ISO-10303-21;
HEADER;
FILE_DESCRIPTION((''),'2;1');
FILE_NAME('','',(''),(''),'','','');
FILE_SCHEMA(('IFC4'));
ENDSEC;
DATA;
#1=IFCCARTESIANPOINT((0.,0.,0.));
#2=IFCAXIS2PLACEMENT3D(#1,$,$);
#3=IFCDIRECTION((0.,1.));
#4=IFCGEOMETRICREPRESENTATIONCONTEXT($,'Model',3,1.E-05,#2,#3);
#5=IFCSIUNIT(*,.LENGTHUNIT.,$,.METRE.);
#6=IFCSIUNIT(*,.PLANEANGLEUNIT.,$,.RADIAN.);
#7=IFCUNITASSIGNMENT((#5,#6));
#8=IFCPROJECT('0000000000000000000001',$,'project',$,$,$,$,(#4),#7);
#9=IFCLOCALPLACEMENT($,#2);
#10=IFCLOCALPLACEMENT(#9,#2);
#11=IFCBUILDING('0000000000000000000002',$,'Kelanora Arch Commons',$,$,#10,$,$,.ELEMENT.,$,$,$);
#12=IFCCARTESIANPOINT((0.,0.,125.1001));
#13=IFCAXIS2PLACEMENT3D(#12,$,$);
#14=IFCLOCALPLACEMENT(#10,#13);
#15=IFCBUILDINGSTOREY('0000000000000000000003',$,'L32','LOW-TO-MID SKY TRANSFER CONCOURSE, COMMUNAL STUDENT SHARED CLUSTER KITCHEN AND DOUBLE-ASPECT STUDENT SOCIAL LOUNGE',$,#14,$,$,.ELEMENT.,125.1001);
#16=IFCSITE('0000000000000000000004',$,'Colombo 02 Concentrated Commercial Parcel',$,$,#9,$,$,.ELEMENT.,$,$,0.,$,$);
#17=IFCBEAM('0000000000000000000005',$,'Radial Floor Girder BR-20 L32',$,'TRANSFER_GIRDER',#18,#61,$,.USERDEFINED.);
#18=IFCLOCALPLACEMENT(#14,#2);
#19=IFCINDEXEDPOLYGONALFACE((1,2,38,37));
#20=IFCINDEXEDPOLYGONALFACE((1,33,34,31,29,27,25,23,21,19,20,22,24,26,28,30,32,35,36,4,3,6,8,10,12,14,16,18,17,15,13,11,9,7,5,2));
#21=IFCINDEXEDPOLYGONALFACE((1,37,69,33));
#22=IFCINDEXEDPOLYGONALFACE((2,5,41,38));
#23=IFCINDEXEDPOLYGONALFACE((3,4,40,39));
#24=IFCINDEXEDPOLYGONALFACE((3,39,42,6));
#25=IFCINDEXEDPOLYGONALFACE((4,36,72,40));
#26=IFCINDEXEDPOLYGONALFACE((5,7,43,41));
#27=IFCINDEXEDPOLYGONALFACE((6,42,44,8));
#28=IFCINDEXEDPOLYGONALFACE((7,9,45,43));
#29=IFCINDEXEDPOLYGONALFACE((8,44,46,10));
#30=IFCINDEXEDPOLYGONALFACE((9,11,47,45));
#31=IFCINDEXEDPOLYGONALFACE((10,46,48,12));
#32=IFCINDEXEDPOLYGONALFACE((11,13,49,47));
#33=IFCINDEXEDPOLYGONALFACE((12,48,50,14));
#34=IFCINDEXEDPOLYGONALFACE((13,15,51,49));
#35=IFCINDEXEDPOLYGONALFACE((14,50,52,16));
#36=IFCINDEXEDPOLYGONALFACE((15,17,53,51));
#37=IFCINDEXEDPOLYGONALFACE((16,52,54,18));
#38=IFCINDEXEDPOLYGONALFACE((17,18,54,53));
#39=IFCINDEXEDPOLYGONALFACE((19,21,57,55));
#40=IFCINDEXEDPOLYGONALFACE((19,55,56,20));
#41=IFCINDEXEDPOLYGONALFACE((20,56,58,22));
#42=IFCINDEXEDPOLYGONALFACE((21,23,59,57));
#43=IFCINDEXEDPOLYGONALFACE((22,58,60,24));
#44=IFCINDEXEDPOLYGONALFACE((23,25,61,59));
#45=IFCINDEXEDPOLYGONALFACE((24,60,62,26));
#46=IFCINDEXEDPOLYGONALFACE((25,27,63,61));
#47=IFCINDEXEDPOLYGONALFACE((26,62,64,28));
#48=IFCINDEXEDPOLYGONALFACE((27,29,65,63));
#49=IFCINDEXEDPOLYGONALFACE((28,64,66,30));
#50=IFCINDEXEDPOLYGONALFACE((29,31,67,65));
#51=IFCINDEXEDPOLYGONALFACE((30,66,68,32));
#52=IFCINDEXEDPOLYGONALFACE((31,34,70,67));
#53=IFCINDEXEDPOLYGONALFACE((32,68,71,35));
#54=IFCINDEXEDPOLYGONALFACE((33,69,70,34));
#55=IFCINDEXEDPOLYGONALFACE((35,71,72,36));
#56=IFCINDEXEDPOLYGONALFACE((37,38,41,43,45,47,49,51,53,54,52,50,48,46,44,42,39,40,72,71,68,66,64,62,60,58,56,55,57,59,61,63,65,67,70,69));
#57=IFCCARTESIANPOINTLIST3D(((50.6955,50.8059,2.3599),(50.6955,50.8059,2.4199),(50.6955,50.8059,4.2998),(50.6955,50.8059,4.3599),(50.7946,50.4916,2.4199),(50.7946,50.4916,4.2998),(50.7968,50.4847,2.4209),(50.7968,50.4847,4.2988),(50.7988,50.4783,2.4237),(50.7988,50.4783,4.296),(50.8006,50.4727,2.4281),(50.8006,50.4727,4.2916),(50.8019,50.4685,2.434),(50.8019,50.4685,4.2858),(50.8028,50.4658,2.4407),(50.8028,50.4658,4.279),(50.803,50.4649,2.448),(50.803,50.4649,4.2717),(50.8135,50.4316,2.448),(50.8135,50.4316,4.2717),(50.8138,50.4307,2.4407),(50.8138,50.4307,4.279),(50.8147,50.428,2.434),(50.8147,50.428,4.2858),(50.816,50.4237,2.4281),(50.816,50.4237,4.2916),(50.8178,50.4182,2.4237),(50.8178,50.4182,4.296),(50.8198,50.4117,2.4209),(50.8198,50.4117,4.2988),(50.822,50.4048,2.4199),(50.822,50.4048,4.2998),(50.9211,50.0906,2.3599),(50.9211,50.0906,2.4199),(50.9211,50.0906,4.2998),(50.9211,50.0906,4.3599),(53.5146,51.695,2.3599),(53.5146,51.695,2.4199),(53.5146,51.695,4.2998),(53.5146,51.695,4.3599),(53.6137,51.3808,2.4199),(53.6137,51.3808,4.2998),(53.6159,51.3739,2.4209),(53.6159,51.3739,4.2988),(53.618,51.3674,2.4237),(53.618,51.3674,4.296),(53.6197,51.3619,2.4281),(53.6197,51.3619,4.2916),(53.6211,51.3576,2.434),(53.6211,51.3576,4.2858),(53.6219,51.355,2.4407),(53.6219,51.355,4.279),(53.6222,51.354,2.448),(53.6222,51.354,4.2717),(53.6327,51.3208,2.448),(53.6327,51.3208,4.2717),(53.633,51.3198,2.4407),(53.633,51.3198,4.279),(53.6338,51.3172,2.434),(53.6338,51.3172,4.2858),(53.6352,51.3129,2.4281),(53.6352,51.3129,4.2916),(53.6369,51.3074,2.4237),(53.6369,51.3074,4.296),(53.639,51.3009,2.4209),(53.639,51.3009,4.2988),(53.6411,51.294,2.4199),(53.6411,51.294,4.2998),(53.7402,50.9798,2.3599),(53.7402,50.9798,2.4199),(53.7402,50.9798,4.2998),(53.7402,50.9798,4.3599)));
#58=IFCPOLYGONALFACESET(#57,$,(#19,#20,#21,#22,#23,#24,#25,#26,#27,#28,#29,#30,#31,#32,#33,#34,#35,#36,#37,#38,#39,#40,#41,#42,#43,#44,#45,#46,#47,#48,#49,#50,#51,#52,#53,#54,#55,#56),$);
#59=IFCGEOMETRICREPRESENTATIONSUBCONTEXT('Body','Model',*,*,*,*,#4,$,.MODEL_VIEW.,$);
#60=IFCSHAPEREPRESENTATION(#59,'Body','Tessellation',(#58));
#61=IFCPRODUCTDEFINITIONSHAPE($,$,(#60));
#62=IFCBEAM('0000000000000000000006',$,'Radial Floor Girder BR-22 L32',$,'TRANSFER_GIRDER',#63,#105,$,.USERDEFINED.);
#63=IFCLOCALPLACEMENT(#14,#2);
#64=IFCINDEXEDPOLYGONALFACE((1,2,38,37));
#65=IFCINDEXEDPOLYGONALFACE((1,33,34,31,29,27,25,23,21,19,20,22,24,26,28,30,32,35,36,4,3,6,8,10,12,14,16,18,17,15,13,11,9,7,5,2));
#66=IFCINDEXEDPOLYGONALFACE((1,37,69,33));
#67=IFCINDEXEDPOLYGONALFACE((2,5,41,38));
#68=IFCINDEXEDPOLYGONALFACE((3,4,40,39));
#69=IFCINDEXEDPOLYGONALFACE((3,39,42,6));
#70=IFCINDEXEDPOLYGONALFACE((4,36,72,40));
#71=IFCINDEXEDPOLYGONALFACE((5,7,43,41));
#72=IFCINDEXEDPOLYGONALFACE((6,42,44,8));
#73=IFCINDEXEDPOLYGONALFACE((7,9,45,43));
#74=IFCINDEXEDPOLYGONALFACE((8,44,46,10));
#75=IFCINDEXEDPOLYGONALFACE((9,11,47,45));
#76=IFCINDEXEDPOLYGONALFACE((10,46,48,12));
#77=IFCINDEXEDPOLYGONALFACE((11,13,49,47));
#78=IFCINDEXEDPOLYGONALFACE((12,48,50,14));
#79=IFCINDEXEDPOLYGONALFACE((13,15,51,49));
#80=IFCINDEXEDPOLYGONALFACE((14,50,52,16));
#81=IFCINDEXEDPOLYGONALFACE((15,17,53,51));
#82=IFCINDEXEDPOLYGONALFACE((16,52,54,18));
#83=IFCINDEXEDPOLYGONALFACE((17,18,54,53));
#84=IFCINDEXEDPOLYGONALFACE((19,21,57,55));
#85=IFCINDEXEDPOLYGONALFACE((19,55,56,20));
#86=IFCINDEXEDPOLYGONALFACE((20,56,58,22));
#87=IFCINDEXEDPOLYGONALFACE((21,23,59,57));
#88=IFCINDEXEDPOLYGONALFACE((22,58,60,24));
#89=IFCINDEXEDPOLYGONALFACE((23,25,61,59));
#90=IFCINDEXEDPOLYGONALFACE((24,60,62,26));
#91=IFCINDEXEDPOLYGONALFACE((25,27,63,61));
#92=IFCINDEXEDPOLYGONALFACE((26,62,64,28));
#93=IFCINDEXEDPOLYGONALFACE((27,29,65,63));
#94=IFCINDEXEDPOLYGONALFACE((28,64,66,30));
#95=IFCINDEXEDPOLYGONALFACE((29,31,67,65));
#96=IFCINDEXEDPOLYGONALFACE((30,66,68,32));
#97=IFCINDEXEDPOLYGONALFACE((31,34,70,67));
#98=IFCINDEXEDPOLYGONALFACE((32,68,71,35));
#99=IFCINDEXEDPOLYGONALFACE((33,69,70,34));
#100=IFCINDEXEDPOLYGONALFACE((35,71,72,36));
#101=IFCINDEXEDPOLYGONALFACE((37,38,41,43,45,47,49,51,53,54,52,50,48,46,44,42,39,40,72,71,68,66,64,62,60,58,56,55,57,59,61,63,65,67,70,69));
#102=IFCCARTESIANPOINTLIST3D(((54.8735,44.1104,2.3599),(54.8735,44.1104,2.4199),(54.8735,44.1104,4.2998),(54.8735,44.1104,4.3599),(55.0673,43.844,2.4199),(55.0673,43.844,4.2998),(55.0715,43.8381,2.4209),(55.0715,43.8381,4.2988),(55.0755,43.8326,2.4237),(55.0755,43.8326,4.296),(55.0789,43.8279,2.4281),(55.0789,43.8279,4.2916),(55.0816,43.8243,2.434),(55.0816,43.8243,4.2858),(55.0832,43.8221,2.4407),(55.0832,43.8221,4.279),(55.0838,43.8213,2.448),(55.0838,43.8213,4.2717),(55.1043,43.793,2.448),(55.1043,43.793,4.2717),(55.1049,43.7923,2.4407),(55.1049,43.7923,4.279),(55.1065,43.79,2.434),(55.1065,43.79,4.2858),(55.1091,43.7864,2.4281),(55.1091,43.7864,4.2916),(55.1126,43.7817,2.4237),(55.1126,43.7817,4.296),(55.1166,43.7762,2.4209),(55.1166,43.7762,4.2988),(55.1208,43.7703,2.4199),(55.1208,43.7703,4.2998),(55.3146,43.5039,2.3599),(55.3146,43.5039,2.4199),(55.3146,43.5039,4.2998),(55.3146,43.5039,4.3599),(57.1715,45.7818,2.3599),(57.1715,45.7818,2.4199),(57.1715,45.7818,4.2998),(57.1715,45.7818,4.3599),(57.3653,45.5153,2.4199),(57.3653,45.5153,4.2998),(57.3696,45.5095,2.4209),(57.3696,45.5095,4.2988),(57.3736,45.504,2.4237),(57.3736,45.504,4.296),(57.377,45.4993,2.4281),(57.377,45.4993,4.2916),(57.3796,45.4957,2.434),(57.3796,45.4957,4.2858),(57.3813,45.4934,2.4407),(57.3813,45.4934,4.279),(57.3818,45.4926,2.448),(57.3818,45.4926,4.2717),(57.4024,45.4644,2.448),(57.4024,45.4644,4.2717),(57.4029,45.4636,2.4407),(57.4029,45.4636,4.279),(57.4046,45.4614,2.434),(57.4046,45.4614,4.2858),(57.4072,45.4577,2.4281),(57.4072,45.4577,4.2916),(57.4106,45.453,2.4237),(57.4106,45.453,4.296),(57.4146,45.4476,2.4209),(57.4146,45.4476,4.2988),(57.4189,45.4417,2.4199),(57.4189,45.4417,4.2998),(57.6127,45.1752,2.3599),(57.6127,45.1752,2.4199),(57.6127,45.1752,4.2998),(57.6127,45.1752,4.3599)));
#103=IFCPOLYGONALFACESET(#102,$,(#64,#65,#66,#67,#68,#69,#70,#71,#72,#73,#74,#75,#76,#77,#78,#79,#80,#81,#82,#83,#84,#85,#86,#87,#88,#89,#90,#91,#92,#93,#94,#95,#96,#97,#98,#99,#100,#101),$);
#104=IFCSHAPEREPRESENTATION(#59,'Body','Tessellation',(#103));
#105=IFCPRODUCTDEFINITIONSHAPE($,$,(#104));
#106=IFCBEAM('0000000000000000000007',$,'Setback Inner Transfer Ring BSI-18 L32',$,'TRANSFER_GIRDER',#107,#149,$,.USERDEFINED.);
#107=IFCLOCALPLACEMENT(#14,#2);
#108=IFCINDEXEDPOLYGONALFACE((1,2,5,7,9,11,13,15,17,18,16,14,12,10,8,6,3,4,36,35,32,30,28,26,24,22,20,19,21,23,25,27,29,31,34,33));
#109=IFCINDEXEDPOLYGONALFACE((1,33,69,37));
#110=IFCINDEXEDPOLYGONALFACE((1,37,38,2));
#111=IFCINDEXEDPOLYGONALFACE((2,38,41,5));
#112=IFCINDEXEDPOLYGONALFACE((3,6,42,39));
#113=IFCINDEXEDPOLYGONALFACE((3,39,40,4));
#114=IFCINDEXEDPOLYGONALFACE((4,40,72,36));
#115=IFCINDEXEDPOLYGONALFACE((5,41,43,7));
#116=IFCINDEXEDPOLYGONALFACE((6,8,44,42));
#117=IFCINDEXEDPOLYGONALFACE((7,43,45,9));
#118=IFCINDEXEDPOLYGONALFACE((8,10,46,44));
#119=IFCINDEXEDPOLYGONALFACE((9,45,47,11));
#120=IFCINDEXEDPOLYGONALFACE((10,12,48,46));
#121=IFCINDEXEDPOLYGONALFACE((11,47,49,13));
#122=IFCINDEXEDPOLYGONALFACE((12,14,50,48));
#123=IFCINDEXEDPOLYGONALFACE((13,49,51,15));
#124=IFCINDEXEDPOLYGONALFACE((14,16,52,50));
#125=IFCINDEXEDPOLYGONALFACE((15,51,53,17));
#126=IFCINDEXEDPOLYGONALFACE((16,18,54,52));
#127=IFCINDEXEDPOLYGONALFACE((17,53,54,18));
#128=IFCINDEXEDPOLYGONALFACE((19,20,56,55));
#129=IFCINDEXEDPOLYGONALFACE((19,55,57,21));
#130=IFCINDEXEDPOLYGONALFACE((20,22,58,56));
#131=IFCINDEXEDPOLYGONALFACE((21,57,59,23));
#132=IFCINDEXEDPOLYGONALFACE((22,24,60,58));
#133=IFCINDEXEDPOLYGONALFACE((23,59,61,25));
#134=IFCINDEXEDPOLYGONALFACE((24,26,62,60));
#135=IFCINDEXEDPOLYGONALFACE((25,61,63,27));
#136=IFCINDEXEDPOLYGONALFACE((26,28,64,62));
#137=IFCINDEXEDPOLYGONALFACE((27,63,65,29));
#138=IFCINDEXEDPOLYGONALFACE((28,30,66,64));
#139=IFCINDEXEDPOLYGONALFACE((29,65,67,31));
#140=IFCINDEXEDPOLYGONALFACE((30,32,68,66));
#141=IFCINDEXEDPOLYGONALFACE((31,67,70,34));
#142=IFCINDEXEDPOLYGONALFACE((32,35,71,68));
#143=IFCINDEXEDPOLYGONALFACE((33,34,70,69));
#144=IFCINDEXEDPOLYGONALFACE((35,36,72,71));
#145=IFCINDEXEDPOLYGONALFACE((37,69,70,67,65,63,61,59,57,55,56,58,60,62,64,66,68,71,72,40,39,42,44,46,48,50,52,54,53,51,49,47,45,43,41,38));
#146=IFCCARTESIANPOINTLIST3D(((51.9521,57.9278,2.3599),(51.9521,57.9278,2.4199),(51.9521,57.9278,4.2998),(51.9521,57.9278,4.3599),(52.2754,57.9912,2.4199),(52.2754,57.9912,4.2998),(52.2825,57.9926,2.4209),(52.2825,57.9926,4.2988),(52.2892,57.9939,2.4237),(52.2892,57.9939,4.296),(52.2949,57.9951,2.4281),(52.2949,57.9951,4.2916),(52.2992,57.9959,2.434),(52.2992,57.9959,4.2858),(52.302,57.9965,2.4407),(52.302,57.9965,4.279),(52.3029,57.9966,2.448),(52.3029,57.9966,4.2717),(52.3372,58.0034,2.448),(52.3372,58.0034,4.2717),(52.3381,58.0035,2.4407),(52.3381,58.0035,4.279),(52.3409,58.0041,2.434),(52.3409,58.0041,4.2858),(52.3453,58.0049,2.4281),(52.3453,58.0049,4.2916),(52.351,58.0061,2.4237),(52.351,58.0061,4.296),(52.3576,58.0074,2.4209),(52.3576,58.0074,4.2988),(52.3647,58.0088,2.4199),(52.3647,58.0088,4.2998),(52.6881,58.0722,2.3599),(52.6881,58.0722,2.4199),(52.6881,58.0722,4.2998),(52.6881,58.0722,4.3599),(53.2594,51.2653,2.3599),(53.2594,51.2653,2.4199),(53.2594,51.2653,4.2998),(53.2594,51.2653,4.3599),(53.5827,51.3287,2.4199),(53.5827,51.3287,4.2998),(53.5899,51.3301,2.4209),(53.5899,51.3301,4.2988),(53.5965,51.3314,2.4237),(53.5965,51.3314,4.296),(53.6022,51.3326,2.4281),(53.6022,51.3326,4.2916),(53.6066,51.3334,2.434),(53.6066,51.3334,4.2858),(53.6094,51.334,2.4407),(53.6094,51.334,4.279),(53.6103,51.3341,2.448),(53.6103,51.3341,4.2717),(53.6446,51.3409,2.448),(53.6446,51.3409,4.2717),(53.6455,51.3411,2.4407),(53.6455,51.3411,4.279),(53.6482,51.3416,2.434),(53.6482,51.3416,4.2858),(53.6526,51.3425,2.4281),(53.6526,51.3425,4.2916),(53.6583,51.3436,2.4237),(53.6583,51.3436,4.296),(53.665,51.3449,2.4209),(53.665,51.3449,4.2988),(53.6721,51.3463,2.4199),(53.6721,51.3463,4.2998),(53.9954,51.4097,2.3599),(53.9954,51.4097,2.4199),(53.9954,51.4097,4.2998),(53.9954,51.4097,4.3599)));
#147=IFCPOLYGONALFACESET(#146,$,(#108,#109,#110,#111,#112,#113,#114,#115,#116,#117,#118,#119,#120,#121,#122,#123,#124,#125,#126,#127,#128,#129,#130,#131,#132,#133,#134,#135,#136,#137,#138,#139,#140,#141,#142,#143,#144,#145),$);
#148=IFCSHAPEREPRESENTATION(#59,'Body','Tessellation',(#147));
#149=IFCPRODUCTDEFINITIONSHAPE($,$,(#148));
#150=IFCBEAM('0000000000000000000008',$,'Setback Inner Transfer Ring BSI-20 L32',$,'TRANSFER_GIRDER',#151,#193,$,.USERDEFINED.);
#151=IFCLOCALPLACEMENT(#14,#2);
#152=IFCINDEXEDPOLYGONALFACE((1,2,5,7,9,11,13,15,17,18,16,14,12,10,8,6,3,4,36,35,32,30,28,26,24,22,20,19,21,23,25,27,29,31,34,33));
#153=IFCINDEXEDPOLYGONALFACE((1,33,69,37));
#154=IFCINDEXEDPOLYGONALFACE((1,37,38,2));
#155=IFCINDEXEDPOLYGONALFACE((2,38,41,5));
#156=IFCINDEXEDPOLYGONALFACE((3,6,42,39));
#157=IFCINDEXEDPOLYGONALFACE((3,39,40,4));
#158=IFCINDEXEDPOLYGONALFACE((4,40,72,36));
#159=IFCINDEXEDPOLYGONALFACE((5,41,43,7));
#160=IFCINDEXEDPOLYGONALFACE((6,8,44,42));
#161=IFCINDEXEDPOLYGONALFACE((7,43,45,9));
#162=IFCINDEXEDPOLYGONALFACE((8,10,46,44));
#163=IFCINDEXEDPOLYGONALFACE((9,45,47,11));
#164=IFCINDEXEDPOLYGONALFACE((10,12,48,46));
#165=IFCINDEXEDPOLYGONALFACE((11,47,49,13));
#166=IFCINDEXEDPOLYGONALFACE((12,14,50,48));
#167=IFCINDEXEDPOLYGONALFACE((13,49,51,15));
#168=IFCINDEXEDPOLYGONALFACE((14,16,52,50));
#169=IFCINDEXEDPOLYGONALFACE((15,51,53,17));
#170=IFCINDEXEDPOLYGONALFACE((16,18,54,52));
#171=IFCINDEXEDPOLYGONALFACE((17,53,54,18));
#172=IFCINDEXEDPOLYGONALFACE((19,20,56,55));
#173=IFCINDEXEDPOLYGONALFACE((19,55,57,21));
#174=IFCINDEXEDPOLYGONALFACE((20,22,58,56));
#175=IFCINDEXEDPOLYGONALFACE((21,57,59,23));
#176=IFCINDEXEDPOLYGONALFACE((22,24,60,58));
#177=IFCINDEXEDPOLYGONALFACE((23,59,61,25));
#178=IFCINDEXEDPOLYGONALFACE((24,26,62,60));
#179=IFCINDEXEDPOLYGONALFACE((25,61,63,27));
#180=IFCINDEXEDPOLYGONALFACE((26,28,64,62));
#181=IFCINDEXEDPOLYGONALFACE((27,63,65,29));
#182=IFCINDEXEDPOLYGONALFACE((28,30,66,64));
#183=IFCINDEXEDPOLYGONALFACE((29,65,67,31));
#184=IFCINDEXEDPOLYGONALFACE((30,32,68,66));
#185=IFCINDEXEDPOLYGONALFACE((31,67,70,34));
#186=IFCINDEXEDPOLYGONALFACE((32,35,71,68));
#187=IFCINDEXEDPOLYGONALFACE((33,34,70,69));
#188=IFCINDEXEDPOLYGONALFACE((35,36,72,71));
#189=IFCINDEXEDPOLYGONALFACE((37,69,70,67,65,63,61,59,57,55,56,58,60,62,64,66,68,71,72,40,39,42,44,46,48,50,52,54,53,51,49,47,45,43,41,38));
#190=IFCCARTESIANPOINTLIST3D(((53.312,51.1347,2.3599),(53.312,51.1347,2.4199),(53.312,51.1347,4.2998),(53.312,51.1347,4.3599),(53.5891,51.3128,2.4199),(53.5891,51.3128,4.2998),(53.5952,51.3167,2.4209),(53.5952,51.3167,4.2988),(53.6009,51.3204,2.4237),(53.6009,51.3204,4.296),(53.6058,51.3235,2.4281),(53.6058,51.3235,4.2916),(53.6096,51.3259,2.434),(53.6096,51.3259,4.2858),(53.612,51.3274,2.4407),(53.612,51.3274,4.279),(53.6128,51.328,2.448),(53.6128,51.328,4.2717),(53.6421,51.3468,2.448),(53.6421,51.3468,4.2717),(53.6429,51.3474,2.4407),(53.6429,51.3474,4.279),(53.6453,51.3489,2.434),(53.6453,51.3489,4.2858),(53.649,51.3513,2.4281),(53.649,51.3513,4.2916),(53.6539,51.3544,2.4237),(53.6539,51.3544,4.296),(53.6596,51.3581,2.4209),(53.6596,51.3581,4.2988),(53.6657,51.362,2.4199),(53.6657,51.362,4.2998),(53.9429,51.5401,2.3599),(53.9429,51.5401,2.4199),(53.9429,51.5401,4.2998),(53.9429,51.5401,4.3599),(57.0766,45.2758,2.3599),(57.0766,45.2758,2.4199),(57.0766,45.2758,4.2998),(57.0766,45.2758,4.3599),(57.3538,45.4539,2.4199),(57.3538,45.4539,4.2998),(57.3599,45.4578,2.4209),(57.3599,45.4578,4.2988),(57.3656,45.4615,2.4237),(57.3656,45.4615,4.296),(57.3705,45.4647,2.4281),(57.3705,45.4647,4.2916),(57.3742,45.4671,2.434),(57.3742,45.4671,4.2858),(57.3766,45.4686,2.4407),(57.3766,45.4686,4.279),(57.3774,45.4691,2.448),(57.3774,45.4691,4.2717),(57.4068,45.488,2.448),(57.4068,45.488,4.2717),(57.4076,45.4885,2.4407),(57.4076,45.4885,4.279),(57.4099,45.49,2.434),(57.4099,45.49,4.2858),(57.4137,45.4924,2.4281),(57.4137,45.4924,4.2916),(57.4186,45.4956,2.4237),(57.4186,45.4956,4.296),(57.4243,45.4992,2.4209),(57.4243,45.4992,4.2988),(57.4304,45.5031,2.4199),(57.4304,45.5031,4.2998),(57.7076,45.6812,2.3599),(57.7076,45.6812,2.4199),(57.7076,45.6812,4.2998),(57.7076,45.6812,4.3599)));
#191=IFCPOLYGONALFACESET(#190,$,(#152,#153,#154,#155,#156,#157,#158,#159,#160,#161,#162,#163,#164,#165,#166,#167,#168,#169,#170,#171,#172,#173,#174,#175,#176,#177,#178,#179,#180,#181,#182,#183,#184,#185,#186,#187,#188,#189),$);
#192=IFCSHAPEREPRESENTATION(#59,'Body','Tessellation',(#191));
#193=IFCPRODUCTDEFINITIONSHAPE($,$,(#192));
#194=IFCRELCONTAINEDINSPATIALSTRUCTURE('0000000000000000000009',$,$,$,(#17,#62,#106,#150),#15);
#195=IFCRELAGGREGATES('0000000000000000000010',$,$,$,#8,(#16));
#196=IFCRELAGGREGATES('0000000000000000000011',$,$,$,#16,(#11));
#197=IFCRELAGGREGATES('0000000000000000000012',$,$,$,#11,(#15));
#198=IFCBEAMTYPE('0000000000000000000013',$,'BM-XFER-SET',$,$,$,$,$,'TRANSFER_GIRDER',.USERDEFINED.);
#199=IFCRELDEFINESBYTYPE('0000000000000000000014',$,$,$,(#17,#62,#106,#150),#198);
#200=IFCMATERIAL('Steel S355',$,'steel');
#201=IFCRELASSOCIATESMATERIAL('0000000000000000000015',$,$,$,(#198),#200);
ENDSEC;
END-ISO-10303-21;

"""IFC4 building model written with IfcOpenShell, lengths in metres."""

from ifc_helpers import new_model, si_unit, direction, frame, origin, origin_2d, place, context, subcontext, project, spatial, i_section, extrude, material, material_profile, profile_set, type_object, element, save


model = new_model("IFC4")

# Units and contexts
model_context = context("Model", 3, precision=1e-05, world=origin(), true_north=direction((0.0, 1.0)))
body_context = subcontext(model_context, "Body", "Model", "MODEL_VIEW")
ifc_project = project(units=[si_unit("LENGTHUNIT", "METRE"), si_unit("PLANEANGLEUNIT", "RADIAN")], contexts=[model_context])

# Site, building, storey
site_placement = place(None, origin())
site = spatial("IfcSite", under=ifc_project, at=site_placement, Name="Colombo 02 Concentrated Commercial Parcel", CompositionType="ELEMENT", RefElevation=0.0)
building_placement = place(site_placement, origin())
building = spatial("IfcBuilding", under=site, at=building_placement, Name="Kelanora Arch Commons", CompositionType="ELEMENT")
storey_placement = place(building_placement, frame((0.0, 0.0, 125.1001)))
storey = spatial("IfcBuildingStorey", under=building, at=storey_placement, Name="L32", Description="LOW-TO-MID SKY TRANSFER CONCOURSE, COMMUNAL STUDENT SHARED CLUSTER KITCHEN AND DOUBLE-ASPECT STUDENT SOCIAL LOUNGE", CompositionType="ELEMENT", Elevation=125.1001)

# Beams
ifc_material_1 = material(Name="Steel S355", Category="steel")
ifc_material_profile_1 = material_profile(ifc_material_1, i_section(OverallWidth=0.75, OverallDepth=2.0, WebThickness=0.0349, FlangeThickness=0.0601, FilletRadius=0.0281, at=origin_2d()), Name="PG2000x750")
ifc_profile_set_1 = profile_set([ifc_material_profile_1], Name="Steel S355")
beam_type_1 = type_object("IfcBeamType", Name="BM-XFER-SET", ElementType="TRANSFER_GIRDER", PredefinedType="USERDEFINED", material=ifc_profile_set_1)
beam_1_placement = place(storey_placement, frame((53.6274, 51.3374, 3.3599), z_axis=(-0.953687, -0.300799, 0.0), x_axis=(0.300799, -0.953687, 0.0)))
element("IfcBeam", 1, at=beam_1_placement, inside=storey, type_object=beam_type_1, Name="Radial Floor Girder BR-20 L32", ObjectType="TRANSFER_GIRDER", PredefinedType="USERDEFINED", context=body_context, shape_type="SweptSolid", body=[
    extrude(i_section(OverallWidth=0.75, OverallDepth=2.0, WebThickness=0.0349, FlangeThickness=0.0601, FilletRadius=0.0281, at=origin_2d()), origin(), (0.0, 0.0, 1.0), 2.9561),
])
beam_2_placement = place(storey_placement, frame((57.3921, 45.4785, 3.3599), z_axis=(-0.808729, -0.588182, 0.0), x_axis=(0.588182, -0.808729, 0.0)))
element("IfcBeam", 2, at=beam_2_placement, inside=storey, type_object=beam_type_1, Name="Radial Floor Girder BR-22 L32", ObjectType="TRANSFER_GIRDER", PredefinedType="USERDEFINED", context=body_context, shape_type="SweptSolid", body=[
    extrude(i_section(OverallWidth=0.75, OverallDepth=2.0, WebThickness=0.0349, FlangeThickness=0.0601, FilletRadius=0.0281, at=origin_2d()), origin(), (0.0, 0.0, 1.0), 2.8416),
])
beam_3_placement = place(storey_placement, frame((52.3201, 58.0, 3.3599), z_axis=(0.192554, -0.981286, 0.0), x_axis=(0.981286, 0.192554, 0.0)))
element("IfcBeam", 3, at=beam_3_placement, inside=storey, type_object=beam_type_1, Name="Setback Inner Transfer Ring BSI-18 L32", ObjectType="TRANSFER_GIRDER", PredefinedType="USERDEFINED", context=body_context, shape_type="SweptSolid", body=[
    extrude(i_section(OverallWidth=0.75, OverallDepth=2.0, WebThickness=0.0349, FlangeThickness=0.0601, FilletRadius=0.0281, at=origin_2d()), origin(), (0.0, 0.0, 1.0), 6.7896),
])
beam_4_placement = place(storey_placement, frame((53.6274, 51.3374, 3.3599), z_axis=(0.540577, -0.841295, 0.0), x_axis=(0.841295, 0.540577, 0.0)))
element("IfcBeam", 4, at=beam_4_placement, inside=storey, type_object=beam_type_1, Name="Setback Inner Transfer Ring BSI-20 L32", ObjectType="TRANSFER_GIRDER", PredefinedType="USERDEFINED", context=body_context, shape_type="SweptSolid", body=[
    extrude(i_section(OverallWidth=0.75, OverallDepth=2.0, WebThickness=0.0349, FlangeThickness=0.0601, FilletRadius=0.0281, at=origin_2d()), origin(), (0.0, 0.0, 1.0), 6.9641),
])

save(model, "model.ifc")
